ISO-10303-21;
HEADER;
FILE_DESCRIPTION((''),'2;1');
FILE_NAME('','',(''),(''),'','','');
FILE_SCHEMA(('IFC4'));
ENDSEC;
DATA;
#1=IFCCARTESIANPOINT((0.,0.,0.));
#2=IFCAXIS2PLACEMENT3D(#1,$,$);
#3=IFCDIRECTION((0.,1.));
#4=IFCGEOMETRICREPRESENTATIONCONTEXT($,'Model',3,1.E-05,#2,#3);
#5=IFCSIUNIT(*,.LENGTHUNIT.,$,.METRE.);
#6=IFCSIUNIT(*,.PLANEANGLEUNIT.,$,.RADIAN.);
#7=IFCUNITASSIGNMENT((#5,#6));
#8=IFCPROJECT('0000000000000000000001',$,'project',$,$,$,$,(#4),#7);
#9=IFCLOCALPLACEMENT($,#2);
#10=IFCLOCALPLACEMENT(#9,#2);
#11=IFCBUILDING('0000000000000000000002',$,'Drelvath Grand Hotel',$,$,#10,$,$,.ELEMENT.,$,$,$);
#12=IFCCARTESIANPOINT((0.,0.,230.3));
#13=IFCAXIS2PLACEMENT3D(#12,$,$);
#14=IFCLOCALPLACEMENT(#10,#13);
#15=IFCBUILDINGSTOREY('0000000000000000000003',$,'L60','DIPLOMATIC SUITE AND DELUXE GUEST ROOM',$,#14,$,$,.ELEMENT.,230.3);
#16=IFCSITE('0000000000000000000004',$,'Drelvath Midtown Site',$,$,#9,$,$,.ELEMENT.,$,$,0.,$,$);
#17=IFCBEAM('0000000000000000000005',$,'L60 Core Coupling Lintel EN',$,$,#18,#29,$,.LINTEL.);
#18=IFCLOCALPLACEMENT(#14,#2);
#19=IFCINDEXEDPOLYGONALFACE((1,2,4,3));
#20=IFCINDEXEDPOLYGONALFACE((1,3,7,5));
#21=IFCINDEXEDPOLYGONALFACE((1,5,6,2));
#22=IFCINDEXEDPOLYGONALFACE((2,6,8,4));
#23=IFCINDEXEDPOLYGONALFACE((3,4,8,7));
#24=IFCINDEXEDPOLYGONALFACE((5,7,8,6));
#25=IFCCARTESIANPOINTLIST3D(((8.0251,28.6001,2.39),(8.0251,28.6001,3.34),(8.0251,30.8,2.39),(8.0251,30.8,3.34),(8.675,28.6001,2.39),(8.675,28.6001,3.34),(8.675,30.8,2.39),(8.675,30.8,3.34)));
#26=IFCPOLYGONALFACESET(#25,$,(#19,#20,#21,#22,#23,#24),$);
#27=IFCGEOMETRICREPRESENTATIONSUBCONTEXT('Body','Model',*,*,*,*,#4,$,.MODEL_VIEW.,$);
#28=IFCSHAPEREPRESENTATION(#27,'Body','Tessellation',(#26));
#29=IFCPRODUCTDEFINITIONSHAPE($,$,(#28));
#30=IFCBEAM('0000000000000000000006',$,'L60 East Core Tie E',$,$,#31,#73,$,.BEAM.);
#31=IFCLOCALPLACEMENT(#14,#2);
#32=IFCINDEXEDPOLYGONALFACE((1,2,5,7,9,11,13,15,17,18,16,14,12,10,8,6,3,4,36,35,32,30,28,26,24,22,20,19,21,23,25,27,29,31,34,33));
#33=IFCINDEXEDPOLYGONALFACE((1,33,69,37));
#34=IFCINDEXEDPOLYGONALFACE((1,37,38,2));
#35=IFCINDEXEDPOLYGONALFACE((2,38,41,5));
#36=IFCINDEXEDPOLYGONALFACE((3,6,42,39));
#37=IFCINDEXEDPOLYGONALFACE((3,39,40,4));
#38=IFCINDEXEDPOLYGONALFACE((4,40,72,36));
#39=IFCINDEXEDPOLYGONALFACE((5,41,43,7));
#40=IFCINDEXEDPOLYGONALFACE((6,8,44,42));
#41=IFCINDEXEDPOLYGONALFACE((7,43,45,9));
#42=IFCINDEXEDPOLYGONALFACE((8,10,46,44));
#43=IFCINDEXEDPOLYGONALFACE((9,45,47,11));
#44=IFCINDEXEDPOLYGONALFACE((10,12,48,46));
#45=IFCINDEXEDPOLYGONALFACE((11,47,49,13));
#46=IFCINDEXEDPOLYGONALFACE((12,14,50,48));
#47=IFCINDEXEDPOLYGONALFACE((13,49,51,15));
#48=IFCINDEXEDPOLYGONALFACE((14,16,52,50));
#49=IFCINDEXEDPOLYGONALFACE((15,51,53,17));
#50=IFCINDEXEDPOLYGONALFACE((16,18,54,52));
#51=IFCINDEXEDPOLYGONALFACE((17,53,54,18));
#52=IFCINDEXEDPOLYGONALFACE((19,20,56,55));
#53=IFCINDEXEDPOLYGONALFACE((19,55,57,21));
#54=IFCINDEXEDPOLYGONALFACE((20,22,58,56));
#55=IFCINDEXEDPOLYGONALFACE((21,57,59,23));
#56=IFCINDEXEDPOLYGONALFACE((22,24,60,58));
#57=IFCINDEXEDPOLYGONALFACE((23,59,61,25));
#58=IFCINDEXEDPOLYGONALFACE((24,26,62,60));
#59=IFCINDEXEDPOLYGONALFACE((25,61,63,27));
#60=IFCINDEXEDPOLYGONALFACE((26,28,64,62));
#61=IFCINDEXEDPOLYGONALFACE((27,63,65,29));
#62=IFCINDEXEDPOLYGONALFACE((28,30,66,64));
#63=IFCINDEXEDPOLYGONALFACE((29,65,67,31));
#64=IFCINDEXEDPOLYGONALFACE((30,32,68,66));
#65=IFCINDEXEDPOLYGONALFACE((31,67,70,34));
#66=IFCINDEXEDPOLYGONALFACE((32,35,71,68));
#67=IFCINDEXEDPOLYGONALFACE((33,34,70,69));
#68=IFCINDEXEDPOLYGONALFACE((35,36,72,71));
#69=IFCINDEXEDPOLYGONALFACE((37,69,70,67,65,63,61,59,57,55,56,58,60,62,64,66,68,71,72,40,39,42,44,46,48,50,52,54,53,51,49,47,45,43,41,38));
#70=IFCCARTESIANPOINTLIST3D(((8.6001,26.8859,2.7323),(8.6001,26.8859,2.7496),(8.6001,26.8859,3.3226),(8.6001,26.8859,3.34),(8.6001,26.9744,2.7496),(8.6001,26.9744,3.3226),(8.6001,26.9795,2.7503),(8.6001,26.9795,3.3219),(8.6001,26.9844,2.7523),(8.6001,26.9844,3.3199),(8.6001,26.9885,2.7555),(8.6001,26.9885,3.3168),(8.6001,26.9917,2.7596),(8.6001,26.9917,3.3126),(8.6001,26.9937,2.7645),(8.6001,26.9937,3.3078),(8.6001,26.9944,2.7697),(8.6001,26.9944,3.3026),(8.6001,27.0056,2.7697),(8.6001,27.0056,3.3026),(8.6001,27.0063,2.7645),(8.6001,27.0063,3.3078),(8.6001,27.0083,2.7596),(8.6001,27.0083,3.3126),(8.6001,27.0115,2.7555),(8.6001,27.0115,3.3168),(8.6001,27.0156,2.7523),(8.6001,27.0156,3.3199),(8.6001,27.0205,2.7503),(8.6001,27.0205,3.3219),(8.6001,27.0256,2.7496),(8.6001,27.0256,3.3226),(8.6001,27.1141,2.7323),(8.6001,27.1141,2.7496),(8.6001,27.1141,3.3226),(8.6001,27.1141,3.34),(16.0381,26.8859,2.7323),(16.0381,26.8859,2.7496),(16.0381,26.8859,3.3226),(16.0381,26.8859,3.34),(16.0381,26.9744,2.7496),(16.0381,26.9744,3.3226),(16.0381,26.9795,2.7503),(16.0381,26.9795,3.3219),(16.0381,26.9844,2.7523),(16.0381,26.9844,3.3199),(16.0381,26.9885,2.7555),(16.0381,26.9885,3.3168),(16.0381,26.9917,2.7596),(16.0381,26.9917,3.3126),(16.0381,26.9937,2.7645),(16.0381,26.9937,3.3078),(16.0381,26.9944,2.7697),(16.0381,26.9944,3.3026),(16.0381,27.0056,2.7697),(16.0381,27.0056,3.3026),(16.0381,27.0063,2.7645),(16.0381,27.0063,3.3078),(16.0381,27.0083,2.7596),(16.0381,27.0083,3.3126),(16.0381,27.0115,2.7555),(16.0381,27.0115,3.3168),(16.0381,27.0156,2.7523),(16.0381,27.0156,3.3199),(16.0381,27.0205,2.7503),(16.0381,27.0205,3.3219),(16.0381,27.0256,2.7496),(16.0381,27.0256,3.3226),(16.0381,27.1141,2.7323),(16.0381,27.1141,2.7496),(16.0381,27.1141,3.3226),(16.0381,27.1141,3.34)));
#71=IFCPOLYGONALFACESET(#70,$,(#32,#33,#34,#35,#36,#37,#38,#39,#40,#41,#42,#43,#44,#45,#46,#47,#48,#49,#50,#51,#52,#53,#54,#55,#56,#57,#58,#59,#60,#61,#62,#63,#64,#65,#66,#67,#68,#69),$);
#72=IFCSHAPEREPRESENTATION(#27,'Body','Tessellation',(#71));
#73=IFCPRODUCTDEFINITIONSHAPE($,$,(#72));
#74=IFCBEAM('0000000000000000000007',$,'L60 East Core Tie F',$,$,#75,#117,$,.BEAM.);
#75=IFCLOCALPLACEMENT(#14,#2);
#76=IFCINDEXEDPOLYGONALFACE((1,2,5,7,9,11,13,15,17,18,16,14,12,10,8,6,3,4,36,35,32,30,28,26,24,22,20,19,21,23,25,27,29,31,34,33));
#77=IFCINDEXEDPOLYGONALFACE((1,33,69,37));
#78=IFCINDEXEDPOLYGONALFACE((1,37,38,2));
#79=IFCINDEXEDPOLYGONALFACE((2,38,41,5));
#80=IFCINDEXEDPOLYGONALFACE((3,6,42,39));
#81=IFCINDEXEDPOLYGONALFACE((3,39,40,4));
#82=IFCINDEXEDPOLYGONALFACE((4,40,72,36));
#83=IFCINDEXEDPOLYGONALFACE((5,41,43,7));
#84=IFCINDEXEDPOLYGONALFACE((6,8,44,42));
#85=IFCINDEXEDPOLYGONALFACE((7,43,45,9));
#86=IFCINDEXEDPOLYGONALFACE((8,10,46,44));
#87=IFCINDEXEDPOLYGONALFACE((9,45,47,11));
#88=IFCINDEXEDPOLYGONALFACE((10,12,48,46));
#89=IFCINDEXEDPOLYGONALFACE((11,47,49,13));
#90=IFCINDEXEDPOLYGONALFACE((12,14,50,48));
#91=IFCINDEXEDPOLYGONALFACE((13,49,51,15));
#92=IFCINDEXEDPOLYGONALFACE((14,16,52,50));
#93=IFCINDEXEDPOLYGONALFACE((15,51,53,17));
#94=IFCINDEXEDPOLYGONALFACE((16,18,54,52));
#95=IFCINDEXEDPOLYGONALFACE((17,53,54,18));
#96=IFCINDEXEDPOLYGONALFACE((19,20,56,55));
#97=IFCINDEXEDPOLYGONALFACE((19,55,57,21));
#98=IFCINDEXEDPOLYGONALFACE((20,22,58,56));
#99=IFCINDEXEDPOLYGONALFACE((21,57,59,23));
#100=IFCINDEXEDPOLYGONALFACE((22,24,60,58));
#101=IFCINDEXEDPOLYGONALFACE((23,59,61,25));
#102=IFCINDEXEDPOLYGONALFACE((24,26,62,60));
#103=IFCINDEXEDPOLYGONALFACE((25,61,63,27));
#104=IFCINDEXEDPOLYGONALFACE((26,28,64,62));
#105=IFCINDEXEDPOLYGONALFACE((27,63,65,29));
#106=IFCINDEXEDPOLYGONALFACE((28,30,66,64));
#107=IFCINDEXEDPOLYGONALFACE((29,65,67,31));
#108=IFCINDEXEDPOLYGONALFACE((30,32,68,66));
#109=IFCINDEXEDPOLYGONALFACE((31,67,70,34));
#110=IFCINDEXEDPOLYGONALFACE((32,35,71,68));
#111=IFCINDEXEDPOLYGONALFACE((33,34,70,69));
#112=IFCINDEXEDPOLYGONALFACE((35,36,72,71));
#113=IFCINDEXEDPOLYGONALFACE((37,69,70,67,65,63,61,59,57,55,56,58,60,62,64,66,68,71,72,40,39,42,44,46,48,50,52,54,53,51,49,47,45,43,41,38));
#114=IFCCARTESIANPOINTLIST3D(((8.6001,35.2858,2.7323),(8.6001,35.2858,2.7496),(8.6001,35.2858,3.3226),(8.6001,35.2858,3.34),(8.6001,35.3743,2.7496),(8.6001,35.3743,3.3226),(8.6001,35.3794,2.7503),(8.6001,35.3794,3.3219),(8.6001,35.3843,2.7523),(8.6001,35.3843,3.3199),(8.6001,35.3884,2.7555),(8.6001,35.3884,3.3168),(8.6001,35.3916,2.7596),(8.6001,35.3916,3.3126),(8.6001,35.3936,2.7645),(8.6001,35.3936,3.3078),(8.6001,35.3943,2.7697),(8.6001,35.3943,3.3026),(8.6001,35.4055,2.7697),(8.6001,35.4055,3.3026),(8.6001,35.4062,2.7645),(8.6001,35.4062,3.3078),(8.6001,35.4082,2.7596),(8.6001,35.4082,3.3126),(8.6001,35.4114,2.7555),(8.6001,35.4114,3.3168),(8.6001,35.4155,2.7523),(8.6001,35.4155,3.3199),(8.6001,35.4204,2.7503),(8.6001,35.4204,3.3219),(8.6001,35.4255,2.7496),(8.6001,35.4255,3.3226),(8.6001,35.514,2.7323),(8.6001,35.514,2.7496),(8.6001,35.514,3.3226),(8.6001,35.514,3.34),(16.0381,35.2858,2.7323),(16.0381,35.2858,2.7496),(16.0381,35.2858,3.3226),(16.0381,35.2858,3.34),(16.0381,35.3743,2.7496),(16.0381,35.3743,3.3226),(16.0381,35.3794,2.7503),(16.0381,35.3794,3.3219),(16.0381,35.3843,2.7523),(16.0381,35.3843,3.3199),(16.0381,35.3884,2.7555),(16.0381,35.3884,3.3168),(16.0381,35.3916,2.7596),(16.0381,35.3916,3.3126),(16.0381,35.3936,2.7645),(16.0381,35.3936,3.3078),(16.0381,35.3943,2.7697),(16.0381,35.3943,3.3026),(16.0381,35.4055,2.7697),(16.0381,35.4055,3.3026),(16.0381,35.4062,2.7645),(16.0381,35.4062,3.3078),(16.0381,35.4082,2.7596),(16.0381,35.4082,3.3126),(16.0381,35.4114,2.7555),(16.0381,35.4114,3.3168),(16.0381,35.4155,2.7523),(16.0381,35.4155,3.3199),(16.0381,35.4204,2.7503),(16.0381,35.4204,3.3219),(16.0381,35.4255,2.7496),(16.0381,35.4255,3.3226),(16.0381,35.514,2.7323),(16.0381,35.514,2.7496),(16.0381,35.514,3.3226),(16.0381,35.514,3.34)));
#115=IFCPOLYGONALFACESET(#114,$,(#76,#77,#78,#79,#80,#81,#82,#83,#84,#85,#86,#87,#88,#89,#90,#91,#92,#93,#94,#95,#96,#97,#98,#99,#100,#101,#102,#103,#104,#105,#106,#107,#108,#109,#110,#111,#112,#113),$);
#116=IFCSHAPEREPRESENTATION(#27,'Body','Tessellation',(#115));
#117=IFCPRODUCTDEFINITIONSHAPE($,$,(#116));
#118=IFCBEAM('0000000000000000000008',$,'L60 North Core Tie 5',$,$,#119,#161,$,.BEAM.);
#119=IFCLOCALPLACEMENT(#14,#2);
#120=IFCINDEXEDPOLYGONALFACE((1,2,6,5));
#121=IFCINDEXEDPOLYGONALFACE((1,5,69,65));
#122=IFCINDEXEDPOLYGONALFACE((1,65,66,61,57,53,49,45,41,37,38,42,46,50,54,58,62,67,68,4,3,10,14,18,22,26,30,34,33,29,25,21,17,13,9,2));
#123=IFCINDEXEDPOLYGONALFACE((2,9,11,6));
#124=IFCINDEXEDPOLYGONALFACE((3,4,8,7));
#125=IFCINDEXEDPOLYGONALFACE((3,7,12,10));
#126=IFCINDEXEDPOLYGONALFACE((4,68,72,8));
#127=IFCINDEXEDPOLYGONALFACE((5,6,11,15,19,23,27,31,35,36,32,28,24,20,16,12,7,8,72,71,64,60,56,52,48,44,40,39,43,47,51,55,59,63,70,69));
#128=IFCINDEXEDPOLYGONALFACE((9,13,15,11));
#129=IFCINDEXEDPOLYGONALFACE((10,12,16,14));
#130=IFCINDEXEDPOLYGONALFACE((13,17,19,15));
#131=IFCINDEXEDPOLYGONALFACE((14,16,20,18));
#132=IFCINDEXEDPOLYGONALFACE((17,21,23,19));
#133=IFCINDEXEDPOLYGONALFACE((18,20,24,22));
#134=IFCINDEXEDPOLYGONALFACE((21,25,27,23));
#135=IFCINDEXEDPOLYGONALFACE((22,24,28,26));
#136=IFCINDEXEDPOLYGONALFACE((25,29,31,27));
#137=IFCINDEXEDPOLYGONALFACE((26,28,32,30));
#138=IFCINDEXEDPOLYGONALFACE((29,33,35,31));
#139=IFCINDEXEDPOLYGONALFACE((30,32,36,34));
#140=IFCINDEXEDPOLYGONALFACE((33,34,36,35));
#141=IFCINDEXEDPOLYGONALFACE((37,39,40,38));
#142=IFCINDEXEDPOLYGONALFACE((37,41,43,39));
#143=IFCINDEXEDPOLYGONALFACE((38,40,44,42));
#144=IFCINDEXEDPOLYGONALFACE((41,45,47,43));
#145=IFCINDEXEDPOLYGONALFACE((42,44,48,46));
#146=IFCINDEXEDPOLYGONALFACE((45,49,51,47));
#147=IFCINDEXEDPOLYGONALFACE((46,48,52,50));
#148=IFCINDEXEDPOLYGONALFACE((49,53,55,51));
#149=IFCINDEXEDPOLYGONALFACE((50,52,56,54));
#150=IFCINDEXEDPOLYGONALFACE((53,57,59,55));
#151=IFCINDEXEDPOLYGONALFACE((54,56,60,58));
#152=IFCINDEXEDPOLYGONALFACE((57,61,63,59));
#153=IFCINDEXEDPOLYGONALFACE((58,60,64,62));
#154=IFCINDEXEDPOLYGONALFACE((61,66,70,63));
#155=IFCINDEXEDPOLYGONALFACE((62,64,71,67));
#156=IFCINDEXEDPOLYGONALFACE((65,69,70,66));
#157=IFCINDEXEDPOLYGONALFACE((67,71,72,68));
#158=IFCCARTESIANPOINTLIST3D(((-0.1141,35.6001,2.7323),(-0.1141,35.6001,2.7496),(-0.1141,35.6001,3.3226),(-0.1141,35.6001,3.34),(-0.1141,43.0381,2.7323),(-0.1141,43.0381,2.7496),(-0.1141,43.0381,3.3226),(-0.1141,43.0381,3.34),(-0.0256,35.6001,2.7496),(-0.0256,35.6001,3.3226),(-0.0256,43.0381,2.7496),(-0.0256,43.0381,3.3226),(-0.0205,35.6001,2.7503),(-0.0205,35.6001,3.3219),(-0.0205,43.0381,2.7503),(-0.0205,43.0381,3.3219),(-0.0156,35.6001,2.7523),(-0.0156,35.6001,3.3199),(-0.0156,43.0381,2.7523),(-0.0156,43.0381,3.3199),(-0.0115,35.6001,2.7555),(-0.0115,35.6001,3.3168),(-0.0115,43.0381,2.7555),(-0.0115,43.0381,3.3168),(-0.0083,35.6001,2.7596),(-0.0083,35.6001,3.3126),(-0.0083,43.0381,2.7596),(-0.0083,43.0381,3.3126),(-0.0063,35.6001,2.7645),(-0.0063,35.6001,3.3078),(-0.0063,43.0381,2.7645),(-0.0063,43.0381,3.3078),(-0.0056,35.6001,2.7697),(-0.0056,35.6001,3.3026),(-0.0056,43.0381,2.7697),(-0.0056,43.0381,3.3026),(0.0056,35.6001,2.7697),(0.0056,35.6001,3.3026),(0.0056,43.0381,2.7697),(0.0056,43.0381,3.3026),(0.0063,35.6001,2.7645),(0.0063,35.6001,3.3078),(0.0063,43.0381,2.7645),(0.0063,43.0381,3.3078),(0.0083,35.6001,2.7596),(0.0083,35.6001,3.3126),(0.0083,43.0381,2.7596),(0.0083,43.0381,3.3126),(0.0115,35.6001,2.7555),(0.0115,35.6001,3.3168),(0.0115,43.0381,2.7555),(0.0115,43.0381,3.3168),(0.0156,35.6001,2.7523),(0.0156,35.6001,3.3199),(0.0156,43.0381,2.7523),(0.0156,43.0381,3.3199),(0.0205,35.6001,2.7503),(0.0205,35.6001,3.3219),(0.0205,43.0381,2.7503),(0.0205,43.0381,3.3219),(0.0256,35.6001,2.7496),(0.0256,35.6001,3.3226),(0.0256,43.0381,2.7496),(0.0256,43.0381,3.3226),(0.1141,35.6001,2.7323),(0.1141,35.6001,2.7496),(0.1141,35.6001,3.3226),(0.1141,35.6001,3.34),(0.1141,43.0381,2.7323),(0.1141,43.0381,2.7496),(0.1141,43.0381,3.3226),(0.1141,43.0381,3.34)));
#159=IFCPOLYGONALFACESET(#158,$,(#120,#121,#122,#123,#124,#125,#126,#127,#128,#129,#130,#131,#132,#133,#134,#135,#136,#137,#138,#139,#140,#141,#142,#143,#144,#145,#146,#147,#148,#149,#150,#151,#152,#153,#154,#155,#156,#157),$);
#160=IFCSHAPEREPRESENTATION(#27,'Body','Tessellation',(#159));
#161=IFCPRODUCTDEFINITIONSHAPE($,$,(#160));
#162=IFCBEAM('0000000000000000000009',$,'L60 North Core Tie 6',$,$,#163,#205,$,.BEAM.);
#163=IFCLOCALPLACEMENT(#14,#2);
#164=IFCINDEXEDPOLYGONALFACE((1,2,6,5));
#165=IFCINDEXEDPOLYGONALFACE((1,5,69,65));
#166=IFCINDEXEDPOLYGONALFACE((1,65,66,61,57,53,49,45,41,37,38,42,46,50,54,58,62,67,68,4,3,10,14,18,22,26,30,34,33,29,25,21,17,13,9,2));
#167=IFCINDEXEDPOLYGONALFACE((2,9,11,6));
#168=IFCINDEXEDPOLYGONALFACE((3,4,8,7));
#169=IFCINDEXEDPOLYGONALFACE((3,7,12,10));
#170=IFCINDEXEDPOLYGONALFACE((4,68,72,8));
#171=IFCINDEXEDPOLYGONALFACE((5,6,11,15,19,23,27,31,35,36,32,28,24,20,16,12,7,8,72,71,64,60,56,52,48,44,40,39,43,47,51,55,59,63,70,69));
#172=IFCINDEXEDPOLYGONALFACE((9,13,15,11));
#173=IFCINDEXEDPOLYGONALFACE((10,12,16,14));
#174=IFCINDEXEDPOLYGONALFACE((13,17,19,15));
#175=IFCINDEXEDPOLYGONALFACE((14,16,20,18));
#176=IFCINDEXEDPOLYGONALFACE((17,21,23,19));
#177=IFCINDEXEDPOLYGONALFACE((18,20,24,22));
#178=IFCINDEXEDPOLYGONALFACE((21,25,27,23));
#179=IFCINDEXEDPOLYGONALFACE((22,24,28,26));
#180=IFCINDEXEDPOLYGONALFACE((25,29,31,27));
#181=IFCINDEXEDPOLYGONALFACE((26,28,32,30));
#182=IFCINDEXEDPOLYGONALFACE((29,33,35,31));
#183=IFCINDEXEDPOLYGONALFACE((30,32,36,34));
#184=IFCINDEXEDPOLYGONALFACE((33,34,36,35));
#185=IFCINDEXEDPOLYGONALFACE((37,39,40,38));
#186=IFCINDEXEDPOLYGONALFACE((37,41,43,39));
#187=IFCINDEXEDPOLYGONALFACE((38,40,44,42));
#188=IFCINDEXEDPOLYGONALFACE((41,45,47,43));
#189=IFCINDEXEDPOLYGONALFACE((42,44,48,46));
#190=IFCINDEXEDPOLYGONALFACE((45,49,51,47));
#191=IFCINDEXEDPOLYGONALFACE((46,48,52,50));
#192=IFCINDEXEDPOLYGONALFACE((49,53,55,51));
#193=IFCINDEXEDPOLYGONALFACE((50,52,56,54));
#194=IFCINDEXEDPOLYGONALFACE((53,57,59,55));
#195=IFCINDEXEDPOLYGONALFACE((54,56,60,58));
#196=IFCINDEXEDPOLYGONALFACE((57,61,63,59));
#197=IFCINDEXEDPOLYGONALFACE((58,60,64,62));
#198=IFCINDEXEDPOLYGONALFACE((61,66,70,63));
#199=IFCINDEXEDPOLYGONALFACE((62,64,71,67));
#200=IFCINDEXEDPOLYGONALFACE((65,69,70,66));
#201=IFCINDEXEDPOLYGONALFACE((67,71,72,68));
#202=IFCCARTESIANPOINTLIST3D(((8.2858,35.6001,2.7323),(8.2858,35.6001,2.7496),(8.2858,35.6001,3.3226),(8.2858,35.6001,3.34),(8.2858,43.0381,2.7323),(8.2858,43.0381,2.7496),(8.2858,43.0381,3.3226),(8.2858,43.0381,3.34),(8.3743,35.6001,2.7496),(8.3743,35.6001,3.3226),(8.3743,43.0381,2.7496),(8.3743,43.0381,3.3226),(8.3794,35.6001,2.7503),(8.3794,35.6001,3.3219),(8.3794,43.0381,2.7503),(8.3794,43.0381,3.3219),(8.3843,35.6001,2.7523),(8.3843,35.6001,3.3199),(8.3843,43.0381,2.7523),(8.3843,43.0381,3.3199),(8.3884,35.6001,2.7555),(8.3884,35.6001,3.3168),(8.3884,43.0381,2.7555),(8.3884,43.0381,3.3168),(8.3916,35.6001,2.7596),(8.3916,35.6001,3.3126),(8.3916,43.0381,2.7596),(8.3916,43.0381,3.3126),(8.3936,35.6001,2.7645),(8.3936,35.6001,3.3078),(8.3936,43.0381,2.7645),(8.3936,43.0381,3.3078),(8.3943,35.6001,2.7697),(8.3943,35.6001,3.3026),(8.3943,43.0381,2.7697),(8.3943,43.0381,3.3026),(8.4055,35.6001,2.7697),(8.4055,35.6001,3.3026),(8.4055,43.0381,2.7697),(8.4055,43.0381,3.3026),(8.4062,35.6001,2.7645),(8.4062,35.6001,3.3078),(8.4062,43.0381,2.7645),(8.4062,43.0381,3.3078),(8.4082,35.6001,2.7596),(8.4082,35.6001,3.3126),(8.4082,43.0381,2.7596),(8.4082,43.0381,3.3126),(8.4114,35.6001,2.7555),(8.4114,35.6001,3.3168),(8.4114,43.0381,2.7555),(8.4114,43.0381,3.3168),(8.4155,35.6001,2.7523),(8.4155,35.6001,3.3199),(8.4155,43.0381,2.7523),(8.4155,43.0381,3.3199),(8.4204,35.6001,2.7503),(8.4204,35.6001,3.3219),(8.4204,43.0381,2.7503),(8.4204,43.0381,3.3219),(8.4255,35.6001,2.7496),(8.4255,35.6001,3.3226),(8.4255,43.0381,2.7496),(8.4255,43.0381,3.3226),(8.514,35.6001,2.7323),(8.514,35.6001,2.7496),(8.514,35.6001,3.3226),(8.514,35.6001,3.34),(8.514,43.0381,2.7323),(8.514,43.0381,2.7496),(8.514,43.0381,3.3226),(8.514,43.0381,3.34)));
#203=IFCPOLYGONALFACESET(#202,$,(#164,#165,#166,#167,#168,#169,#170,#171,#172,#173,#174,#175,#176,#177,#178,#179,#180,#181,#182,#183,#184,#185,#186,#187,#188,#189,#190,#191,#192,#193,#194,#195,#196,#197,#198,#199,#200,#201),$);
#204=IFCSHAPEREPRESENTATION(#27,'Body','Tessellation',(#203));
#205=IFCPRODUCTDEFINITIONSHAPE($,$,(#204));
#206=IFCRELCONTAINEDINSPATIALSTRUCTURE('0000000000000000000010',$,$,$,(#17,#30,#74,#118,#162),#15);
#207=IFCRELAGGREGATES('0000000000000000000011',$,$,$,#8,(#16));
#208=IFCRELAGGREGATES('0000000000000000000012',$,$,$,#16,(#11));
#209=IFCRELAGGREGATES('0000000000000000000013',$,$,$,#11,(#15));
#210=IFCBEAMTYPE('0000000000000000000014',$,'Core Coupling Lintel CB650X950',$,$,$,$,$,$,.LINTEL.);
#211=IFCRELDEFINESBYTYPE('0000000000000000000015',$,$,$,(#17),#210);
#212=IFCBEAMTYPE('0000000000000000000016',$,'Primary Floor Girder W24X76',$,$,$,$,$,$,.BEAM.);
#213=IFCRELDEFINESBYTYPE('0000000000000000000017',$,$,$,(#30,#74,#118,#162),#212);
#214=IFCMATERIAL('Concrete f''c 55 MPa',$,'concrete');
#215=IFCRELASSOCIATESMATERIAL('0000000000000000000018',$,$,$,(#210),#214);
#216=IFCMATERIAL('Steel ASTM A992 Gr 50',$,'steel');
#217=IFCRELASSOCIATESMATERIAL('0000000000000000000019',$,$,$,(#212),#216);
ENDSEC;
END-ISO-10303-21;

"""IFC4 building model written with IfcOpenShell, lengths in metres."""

from ifc_helpers import new_model, si_unit, direction, frame, origin, origin_2d, place, context, subcontext, project, spatial, rectangle, i_section, extrude, material, material_profile, profile_set, type_object, element, save


model = new_model("IFC4")

# Units and contexts
model_context = context("Model", 3, precision=1e-05, world=origin(), true_north=direction((0.0, 1.0)))
body_context = subcontext(model_context, "Body", "Model", "MODEL_VIEW")
ifc_project = project(units=[si_unit("LENGTHUNIT", "METRE"), si_unit("PLANEANGLEUNIT", "RADIAN")], contexts=[model_context])

# Site, building, storey
site_placement = place(None, origin())
site = spatial("IfcSite", under=ifc_project, at=site_placement, Name="Drelvath Midtown Site", CompositionType="ELEMENT", RefElevation=0.0)
building_placement = place(site_placement, origin())
building = spatial("IfcBuilding", under=site, at=building_placement, Name="Drelvath Grand Hotel", CompositionType="ELEMENT")
storey_placement = place(building_placement, frame((0.0, 0.0, 230.3)))
storey = spatial("IfcBuildingStorey", under=building, at=storey_placement, Name="L60", Description="DIPLOMATIC SUITE AND DELUXE GUEST ROOM", CompositionType="ELEMENT", Elevation=230.3)

# Beams
ifc_material_1 = material(Name="Concrete f'c 55 MPa", Category="concrete")
ifc_material_profile_1 = material_profile(ifc_material_1, rectangle(XDim=0.6499, YDim=0.95, at=origin_2d()), Name="CB650X950")
ifc_profile_set_1 = profile_set([ifc_material_profile_1], Name="Concrete f'c 55 MPa")
beam_type_1 = type_object("IfcBeamType", Name="Core Coupling Lintel CB650X950", PredefinedType="LINTEL", material=ifc_profile_set_1)
beam_placement = place(storey_placement, frame((8.3501, 28.6001, 2.865), z_axis=(0.0, 1.0, 0.0), x_axis=(-1.0, 0.0, 0.0)))
element("IfcBeam", 1, at=beam_placement, inside=storey, type_object=beam_type_1, Name="L60 Core Coupling Lintel EN", PredefinedType="LINTEL", context=body_context, shape_type="SweptSolid", body=[
    extrude(rectangle(XDim=0.6499, YDim=0.95, at=origin_2d()), origin(), (0.0, 0.0, 1.0), 2.2),
])
ifc_material_2 = material(Name="Steel ASTM A992 Gr 50", Category="steel")
ifc_material_profile_2 = material_profile(ifc_material_2, i_section(OverallWidth=0.2283, OverallDepth=0.6077, WebThickness=0.0112, FlangeThickness=0.0173, FilletRadius=0.02, at=origin_2d()), Name="W24X76")
ifc_profile_set_2 = profile_set([ifc_material_profile_2], Name="Steel ASTM A992 Gr 50")
beam_type_2 = type_object("IfcBeamType", Name="Primary Floor Girder W24X76", PredefinedType="BEAM", material=ifc_profile_set_2)
for number, where, z_axis, x_axis, name in (
    (2, (8.6001, 27.0, 3.0361), (1.0, 0.0, 0.0), (0.0, 1.0, 0.0), "L60 East Core Tie E"),
    (3, (8.6001, 35.3999, 3.0361), (1.0, 0.0, 0.0), (0.0, 1.0, 0.0), "L60 East Core Tie F"),
    (4, (0.0, 35.6001, 3.0361), (0.0, 1.0, 0.0), (-1.0, 0.0, 0.0), "L60 North Core Tie 5"),
    (5, (8.3999, 35.6001, 3.0361), (0.0, 1.0, 0.0), (-1.0, 0.0, 0.0), "L60 North Core Tie 6"),
):
    element("IfcBeam", number, at=place(storey_placement, frame(where, z_axis=z_axis, x_axis=x_axis)), inside=storey, type_object=beam_type_2, Name=name, PredefinedType="BEAM", context=body_context, shape_type="SweptSolid", body=[
        extrude(i_section(OverallWidth=0.2283, OverallDepth=0.6077, WebThickness=0.0112, FlangeThickness=0.0173, FilletRadius=0.02, at=origin_2d()), origin(), (0.0, 0.0, 1.0), 7.438),
    ])

save(model, "model.ifc")
